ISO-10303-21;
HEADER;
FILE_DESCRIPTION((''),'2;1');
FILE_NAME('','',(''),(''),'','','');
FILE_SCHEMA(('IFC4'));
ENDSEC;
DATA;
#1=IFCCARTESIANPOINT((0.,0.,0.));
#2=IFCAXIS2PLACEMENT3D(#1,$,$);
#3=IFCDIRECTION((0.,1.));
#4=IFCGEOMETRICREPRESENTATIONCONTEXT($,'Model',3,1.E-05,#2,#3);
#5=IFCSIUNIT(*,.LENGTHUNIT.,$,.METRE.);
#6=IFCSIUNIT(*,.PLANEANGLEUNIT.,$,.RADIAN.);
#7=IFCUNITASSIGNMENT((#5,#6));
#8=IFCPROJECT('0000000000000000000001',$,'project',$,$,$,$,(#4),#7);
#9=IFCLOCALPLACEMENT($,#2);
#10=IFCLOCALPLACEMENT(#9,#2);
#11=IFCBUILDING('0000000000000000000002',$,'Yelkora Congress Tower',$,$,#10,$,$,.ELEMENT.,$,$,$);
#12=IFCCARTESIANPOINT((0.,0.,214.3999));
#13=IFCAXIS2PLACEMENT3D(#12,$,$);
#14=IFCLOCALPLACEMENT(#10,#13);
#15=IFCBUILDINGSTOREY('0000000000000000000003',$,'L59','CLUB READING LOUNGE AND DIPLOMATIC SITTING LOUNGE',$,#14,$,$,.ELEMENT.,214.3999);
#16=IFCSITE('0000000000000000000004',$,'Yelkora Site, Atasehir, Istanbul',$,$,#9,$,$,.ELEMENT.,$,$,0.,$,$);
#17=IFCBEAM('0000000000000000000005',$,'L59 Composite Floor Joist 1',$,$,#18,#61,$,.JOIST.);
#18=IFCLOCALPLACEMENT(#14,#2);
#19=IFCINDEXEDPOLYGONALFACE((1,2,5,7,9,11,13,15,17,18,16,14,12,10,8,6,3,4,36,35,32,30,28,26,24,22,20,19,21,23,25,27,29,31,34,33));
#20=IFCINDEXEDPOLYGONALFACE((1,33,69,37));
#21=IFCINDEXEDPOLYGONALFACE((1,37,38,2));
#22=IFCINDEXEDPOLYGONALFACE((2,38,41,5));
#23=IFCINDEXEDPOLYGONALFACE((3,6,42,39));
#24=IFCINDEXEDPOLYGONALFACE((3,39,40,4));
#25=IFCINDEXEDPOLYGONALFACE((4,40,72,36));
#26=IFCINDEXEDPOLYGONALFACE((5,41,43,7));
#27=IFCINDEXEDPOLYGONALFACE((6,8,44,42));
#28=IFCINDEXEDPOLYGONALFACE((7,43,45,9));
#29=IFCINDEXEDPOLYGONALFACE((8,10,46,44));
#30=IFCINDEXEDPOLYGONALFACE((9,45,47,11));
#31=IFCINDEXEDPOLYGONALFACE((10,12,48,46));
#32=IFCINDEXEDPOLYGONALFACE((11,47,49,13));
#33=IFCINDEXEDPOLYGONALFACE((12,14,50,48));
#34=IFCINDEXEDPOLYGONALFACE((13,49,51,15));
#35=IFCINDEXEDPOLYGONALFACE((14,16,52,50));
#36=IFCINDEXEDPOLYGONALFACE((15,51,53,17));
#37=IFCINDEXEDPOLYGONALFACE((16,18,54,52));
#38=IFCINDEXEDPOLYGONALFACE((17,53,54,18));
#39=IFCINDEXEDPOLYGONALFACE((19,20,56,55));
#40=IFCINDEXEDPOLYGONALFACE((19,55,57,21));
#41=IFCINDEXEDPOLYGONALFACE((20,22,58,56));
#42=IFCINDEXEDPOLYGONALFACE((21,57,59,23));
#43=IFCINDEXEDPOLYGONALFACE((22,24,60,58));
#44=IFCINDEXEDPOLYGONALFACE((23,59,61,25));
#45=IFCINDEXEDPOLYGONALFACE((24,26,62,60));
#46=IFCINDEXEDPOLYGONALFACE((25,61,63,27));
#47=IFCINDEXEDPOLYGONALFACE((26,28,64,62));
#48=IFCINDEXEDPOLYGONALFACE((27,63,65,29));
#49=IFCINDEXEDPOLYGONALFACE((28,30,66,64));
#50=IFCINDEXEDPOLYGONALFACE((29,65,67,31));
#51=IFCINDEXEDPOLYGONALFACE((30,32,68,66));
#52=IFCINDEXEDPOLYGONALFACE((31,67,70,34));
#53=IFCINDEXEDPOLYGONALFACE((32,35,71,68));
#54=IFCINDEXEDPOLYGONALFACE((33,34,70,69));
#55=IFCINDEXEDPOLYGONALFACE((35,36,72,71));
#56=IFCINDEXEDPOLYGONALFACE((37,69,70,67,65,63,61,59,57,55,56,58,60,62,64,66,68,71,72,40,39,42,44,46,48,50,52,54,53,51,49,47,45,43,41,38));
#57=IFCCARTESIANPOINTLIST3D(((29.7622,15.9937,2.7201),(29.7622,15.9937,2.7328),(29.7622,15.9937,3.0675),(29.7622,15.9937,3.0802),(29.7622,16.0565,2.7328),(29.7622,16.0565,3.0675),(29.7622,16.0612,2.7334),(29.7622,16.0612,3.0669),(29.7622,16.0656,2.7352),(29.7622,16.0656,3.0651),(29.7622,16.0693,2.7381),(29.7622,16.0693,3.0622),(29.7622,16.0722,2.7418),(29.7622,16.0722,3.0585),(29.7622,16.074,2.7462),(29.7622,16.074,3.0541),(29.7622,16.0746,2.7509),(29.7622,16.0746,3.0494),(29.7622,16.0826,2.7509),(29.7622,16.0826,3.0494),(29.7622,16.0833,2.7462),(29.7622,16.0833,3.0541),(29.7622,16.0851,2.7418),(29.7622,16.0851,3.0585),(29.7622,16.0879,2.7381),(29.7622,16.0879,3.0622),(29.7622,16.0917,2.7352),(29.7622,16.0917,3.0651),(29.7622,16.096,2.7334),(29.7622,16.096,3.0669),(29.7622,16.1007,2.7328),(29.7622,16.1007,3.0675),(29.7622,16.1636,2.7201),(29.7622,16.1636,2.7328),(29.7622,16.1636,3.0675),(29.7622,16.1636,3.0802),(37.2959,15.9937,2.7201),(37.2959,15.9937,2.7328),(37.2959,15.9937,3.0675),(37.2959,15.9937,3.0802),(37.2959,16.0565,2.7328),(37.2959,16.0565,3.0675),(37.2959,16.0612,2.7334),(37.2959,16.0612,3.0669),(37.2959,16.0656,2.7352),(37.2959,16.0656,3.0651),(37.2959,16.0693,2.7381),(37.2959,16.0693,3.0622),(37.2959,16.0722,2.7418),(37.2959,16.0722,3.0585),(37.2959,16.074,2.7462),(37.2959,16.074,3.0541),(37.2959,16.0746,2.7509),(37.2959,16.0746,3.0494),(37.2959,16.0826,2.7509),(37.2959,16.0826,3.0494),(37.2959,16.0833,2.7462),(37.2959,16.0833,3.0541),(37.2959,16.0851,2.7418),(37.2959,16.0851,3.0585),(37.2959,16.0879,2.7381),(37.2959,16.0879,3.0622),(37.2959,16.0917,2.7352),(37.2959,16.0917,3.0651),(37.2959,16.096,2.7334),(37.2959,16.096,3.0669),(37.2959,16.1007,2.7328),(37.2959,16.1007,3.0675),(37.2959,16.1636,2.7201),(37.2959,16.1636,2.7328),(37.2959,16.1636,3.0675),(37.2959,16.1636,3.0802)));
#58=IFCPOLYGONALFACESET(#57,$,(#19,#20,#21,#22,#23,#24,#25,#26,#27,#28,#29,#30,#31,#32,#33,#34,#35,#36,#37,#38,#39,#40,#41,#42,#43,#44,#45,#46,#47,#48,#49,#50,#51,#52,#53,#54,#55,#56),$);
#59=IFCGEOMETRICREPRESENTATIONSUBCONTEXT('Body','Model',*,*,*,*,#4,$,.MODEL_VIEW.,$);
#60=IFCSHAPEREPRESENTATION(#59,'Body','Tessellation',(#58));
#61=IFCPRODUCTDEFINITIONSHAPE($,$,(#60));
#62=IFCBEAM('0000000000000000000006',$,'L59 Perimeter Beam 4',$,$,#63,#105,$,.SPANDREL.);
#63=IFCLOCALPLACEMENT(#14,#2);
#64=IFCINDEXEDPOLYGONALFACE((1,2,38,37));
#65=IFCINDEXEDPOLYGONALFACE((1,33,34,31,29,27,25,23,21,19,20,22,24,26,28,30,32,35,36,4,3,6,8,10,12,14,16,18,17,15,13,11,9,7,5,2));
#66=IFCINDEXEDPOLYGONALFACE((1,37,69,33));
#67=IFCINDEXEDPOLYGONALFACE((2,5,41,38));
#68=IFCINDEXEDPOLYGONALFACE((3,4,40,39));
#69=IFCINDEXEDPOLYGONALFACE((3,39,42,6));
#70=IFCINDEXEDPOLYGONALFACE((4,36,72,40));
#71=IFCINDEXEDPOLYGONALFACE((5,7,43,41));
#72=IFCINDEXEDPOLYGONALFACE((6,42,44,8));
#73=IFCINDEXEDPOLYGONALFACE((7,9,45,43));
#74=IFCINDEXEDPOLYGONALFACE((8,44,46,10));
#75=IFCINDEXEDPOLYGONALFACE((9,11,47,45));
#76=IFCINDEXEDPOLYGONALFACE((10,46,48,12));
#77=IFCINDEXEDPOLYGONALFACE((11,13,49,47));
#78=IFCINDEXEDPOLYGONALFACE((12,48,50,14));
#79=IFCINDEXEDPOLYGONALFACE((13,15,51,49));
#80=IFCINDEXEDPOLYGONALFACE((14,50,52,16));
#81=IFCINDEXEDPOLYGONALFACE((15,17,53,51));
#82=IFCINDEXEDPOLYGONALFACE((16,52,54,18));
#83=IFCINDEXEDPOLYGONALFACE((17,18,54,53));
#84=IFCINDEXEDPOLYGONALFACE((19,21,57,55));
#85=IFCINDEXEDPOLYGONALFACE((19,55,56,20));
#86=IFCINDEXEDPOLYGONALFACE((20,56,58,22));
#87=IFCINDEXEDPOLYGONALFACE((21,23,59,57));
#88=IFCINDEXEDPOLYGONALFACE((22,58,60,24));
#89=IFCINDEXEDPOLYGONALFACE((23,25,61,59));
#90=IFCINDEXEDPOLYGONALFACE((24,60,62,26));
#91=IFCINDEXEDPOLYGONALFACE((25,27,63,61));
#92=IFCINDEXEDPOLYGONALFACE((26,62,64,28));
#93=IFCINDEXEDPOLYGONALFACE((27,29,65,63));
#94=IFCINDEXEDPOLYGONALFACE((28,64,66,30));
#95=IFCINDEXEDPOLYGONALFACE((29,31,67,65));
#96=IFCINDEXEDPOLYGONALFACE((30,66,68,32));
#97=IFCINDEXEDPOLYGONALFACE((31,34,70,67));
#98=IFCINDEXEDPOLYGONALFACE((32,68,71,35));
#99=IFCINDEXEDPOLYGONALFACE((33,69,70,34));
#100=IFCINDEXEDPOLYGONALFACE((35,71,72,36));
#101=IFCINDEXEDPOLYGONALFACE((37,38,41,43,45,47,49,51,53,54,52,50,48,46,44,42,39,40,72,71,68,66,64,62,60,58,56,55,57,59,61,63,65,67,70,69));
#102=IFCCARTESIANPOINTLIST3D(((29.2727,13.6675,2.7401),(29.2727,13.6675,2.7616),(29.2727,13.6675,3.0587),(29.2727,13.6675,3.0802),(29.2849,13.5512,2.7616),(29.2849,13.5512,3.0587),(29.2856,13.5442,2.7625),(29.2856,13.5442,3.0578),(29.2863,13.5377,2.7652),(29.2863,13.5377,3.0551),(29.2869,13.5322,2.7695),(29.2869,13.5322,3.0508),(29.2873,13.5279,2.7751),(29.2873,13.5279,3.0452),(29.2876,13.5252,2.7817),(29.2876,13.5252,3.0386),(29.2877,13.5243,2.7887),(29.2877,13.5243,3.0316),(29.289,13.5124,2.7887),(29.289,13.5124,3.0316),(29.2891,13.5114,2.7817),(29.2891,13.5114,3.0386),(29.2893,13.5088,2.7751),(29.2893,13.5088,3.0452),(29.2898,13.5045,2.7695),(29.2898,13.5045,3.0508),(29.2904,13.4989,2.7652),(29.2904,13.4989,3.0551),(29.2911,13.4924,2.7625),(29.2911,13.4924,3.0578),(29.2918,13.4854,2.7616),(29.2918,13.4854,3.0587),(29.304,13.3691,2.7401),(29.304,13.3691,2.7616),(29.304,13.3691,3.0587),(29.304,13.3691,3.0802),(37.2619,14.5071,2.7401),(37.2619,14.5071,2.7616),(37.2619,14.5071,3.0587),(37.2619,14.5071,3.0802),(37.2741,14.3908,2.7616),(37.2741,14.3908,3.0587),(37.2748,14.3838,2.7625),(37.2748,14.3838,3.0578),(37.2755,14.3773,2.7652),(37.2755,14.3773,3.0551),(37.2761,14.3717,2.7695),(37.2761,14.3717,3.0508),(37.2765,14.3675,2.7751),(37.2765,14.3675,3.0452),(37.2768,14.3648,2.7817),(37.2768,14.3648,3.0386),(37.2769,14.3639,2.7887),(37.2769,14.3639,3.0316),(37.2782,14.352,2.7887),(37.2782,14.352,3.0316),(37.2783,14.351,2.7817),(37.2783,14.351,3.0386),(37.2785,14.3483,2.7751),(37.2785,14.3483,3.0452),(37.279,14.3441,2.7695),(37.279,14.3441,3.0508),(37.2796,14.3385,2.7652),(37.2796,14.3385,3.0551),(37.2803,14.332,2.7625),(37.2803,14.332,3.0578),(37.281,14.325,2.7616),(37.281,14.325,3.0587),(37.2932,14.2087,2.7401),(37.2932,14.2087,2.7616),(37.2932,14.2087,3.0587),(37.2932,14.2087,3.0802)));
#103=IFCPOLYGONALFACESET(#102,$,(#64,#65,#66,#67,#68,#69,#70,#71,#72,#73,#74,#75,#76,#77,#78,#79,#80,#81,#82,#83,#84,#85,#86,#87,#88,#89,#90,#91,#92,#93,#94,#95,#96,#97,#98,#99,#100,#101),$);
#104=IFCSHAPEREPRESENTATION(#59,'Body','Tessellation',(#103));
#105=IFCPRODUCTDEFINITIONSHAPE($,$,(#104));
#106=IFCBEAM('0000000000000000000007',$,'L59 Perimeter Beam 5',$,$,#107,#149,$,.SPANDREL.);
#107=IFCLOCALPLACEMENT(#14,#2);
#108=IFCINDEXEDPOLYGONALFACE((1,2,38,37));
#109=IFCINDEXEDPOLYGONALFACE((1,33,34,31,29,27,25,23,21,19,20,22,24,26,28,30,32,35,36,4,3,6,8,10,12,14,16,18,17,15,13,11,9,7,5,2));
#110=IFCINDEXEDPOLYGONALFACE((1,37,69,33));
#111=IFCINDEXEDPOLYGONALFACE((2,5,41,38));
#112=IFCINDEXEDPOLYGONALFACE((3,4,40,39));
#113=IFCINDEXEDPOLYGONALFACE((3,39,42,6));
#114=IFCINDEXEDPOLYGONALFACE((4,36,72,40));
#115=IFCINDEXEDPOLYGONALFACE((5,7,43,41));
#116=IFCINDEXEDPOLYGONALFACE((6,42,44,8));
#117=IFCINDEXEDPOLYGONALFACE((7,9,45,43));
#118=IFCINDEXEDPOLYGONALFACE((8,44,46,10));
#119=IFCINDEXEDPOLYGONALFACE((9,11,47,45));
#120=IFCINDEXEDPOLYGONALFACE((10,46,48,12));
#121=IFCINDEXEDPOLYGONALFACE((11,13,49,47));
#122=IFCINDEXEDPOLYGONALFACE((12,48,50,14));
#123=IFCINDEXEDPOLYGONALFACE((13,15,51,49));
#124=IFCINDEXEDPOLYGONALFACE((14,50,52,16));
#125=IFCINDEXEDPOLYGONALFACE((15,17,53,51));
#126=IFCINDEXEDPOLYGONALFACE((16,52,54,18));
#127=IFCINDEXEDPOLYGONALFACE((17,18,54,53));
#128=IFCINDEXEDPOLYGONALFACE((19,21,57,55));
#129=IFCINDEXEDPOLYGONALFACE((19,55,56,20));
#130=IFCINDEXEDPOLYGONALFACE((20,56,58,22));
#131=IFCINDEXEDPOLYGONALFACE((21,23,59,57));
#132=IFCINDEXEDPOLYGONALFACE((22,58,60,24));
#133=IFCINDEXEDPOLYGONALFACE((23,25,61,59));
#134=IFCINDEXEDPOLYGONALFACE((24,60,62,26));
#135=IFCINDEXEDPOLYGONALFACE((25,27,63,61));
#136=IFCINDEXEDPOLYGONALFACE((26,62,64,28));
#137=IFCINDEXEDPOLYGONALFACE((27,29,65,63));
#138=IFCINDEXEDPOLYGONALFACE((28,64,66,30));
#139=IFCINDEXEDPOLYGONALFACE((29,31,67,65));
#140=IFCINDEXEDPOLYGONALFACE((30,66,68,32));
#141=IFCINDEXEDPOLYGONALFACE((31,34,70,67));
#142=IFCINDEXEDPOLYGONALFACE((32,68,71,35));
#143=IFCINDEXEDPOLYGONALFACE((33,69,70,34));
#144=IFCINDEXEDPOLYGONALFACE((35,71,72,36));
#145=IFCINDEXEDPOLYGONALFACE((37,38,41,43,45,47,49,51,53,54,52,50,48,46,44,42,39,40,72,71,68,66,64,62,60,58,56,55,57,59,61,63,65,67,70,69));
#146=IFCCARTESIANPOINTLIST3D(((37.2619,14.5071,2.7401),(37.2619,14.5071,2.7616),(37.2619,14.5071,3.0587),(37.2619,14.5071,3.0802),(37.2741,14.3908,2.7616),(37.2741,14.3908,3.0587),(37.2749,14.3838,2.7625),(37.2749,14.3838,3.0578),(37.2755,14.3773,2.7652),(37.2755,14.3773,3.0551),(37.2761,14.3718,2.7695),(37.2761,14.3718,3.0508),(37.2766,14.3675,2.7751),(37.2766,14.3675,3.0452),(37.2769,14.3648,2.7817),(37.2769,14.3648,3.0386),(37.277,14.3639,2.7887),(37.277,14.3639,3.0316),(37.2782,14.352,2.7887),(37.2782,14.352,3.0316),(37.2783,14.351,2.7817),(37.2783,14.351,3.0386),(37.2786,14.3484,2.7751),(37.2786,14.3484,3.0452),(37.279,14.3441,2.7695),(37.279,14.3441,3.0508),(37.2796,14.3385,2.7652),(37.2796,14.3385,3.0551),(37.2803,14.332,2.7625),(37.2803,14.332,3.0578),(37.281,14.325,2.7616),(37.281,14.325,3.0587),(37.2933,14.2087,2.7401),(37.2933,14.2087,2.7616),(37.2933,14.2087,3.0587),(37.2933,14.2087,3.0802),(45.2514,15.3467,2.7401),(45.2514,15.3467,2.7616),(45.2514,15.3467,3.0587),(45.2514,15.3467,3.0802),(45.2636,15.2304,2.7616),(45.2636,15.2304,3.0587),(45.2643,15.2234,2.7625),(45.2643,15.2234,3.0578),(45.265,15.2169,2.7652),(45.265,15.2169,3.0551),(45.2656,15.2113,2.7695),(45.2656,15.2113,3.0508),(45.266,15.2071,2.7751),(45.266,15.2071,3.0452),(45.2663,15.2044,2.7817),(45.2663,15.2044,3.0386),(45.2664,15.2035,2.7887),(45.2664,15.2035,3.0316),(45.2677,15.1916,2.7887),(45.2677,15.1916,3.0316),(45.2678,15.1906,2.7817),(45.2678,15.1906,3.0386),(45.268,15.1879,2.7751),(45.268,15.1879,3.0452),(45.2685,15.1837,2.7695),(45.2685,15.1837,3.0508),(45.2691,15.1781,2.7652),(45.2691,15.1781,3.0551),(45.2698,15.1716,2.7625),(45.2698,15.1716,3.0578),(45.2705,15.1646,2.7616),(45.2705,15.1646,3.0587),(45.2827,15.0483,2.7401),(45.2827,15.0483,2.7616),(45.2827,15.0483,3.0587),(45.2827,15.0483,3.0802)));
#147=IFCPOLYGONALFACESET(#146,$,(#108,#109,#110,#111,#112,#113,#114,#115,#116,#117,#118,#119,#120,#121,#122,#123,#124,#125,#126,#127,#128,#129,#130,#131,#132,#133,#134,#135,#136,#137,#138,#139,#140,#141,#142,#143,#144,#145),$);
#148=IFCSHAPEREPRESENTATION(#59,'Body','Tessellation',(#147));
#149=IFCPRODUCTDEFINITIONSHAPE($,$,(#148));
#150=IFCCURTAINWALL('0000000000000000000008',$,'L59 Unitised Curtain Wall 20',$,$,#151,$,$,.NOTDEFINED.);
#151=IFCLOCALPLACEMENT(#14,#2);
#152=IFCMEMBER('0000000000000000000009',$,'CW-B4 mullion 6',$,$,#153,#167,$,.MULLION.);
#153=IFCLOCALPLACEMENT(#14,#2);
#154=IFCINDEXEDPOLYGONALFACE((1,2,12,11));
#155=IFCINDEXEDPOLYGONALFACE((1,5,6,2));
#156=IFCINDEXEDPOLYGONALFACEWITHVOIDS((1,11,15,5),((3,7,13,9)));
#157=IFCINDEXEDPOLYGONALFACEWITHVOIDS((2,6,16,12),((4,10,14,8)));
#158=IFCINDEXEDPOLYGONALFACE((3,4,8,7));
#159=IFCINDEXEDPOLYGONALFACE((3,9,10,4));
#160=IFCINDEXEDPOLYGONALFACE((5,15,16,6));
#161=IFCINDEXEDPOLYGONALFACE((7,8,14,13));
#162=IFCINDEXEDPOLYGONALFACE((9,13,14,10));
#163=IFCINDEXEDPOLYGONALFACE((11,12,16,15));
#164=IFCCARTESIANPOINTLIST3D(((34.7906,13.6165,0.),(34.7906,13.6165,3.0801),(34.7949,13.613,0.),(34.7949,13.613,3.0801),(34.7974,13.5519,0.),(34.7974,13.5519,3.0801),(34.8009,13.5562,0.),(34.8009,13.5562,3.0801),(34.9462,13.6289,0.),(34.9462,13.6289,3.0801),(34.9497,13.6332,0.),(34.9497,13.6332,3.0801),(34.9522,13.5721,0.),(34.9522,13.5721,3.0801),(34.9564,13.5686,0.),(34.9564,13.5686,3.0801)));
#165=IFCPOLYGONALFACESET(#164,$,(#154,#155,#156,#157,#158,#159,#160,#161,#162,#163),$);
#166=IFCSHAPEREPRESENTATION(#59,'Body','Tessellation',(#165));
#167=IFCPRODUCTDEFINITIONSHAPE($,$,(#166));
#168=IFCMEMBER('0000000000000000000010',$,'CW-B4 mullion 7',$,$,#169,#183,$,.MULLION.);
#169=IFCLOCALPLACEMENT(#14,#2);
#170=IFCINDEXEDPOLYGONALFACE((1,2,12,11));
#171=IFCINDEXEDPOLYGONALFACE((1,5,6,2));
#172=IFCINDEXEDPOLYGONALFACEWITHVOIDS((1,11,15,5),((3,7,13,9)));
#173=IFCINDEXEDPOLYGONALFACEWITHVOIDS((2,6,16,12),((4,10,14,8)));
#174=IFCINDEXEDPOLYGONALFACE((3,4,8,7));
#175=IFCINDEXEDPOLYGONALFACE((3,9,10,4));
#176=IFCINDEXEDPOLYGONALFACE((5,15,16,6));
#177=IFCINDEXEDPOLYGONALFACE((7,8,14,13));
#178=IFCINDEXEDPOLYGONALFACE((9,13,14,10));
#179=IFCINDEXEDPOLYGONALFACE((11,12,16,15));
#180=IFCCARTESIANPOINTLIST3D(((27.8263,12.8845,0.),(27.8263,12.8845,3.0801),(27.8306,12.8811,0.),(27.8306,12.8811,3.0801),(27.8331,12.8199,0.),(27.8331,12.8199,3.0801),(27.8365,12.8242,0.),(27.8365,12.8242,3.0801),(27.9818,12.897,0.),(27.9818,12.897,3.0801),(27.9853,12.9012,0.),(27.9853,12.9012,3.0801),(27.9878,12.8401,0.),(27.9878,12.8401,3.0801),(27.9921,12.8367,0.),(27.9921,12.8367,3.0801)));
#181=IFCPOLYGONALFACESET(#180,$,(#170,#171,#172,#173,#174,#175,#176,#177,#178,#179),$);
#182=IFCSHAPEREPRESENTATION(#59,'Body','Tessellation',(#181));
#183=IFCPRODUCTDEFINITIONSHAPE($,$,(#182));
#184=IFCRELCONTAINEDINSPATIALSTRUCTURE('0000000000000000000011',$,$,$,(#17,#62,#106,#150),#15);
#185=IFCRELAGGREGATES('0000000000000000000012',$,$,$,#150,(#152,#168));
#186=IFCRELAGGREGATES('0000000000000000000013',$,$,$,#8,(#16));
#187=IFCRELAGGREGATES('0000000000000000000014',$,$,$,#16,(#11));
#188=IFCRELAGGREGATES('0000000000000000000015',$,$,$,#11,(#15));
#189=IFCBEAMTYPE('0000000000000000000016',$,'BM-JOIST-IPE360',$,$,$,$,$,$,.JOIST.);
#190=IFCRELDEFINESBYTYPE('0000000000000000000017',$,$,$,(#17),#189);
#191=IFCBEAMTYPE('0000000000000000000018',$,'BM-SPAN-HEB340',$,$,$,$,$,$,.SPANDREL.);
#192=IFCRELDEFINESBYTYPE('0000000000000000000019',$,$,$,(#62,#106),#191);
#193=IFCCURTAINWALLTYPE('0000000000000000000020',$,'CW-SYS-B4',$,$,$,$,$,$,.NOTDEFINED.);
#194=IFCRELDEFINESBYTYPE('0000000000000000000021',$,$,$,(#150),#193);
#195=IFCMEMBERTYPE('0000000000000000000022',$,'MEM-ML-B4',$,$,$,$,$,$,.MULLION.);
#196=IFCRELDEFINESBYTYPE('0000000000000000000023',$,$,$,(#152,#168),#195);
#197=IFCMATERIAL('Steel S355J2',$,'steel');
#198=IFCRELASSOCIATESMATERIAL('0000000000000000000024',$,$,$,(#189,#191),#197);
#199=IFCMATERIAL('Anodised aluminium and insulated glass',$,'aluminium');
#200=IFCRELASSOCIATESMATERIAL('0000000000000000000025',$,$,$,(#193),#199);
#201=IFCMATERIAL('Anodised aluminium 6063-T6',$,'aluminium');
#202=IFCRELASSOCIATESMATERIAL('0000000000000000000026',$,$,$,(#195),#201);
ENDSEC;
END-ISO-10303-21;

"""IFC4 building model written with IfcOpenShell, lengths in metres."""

from ifc_helpers import new_model, si_unit, direction, frame, origin, origin_2d, place, context, subcontext, project, spatial, hollow_rectangle, i_section, extrude, material, material_profile, profile_set, type_object, element, aggregate, save


model = new_model("IFC4")

# Units and contexts
model_context = context("Model", 3, precision=1e-05, world=origin(), true_north=direction((0.0, 1.0)))
body_context = subcontext(model_context, "Body", "Model", "MODEL_VIEW")
ifc_project = project(units=[si_unit("LENGTHUNIT", "METRE"), si_unit("PLANEANGLEUNIT", "RADIAN")], contexts=[model_context])

# Site, building, storey
site_placement = place(None, origin())
site = spatial("IfcSite", under=ifc_project, at=site_placement, Name="Yelkora Site, Atasehir, Istanbul", CompositionType="ELEMENT", RefElevation=0.0)
building_placement = place(site_placement, origin())
building = spatial("IfcBuilding", under=site, at=building_placement, Name="Yelkora Congress Tower", CompositionType="ELEMENT")
storey_placement = place(building_placement, frame((0.0, 0.0, 214.3999)))
storey = spatial("IfcBuildingStorey", under=building, at=storey_placement, Name="L59", Description="CLUB READING LOUNGE AND DIPLOMATIC SITTING LOUNGE", CompositionType="ELEMENT", Elevation=214.3999)

# Shared definitions
ifc_material_1 = material(Name="Steel S355J2", Category="steel")

# Beams
ifc_material_profile_1 = material_profile(ifc_material_1, i_section(OverallWidth=0.1699, OverallDepth=0.3601, WebThickness=0.0081, FlangeThickness=0.0127, FilletRadius=0.0181, at=origin_2d()), Name="IPE 360")
ifc_profile_set_1 = profile_set([ifc_material_profile_1], Name="Steel S355J2")
beam_type_1 = type_object("IfcBeamType", Name="BM-JOIST-IPE360", PredefinedType="JOIST", material=ifc_profile_set_1)
beam_1_placement = place(storey_placement, frame((29.7622, 16.0786, 2.9001), z_axis=(1.0, 0.0, 0.0), x_axis=(0.0, 1.0, 0.0)))
element("IfcBeam", 1, at=beam_1_placement, inside=storey, type_object=beam_type_1, Name="L59 Composite Floor Joist 1", PredefinedType="JOIST", context=body_context, shape_type="SweptSolid", body=[
    extrude(i_section(OverallWidth=0.1699, OverallDepth=0.3601, WebThickness=0.0081, FlangeThickness=0.0127, FilletRadius=0.0181, at=origin_2d()), origin(), (0.0, 0.0, 1.0), 7.5337),
])
ifc_material_profile_2 = material_profile(ifc_material_1, i_section(OverallWidth=0.3, OverallDepth=0.3401, WebThickness=0.012, FlangeThickness=0.0215, FilletRadius=0.0271, at=origin_2d()), Name="HEB 340")
ifc_profile_set_2 = profile_set([ifc_material_profile_2], Name="Steel S355J2")
beam_type_2 = type_object("IfcBeamType", Name="BM-SPAN-HEB340", PredefinedType="SPANDREL", material=ifc_profile_set_2)
beam_2_placement = place(storey_placement, frame((29.2883, 13.5183, 2.9102), z_axis=(0.994523, 0.104516, 0.0), x_axis=(-0.104516, 0.994523, 0.0)))
element("IfcBeam", 2, at=beam_2_placement, inside=storey, type_object=beam_type_2, Name="L59 Perimeter Beam 4", PredefinedType="SPANDREL", context=body_context, shape_type="SweptSolid", body=[
    extrude(i_section(OverallWidth=0.3, OverallDepth=0.3401, WebThickness=0.012, FlangeThickness=0.0215, FilletRadius=0.0271, at=origin_2d()), origin(), (0.0, 0.0, 1.0), 8.0332),
])
beam_3_placement = place(storey_placement, frame((37.2776, 14.3579, 2.9102), z_axis=(0.994524, 0.104512, 0.0), x_axis=(-0.104512, 0.994524, 0.0)))
element("IfcBeam", 3, at=beam_3_placement, inside=storey, type_object=beam_type_2, Name="L59 Perimeter Beam 5", PredefinedType="SPANDREL", context=body_context, shape_type="SweptSolid", body=[
    extrude(i_section(OverallWidth=0.3, OverallDepth=0.3401, WebThickness=0.012, FlangeThickness=0.0215, FilletRadius=0.0271, at=origin_2d()), origin(), (0.0, 0.0, 1.0), 8.0334),
])

# Curtain wall, members
ifc_material_2 = material(Name="Anodised aluminium and insulated glass", Category="aluminium")
curtain_wall_type = type_object("IfcCurtainWallType", Name="CW-SYS-B4", PredefinedType="NOTDEFINED", material=ifc_material_2)
curtain_wall_placement = place(storey_placement, origin())
curtain_wall = element("IfcCurtainWall", 4, at=curtain_wall_placement, inside=storey, type_object=curtain_wall_type, Name="L59 Unitised Curtain Wall 20", PredefinedType="NOTDEFINED")
ifc_material_3 = material(Name="Anodised aluminium 6063-T6", Category="aluminium")
ifc_material_profile_3 = material_profile(ifc_material_3, hollow_rectangle(XDim=0.0649, YDim=0.1599, WallThickness=0.0039, at=origin_2d()), Name="ALU 65x160x4")
ifc_profile_set_3 = profile_set([ifc_material_profile_3], Name="Anodised aluminium 6063-T6")
member_type_1 = type_object("IfcMemberType", Name="MEM-ML-B4", PredefinedType="MULLION", material=ifc_profile_set_3)
member_1_placement = place(storey_placement, frame((34.8735, 13.5925, 0.0), z_axis=(0.0, 0.0, 1.0), x_axis=(0.104527, -0.994522, 0.0)))
member_1 = element("IfcMember", 5, at=member_1_placement, type_object=member_type_1, Name="CW-B4 mullion 6", PredefinedType="MULLION", context=body_context, shape_type="SweptSolid", body=[
    extrude(hollow_rectangle(XDim=0.0649, YDim=0.1599, WallThickness=0.0039, at=origin_2d()), origin(), (0.0, 0.0, 1.0), 3.0801),
])
member_2_placement = place(storey_placement, frame((27.9092, 12.8606, 0.0), z_axis=(0.0, 0.0, 1.0), x_axis=(0.104527, -0.994522, 0.0)))
member_2 = element("IfcMember", 6, at=member_2_placement, type_object=member_type_1, Name="CW-B4 mullion 7", PredefinedType="MULLION", context=body_context, shape_type="SweptSolid", body=[
    extrude(hollow_rectangle(XDim=0.0649, YDim=0.1599, WallThickness=0.0039, at=origin_2d()), origin(), (0.0, 0.0, 1.0), 3.0801),
])
aggregate(curtain_wall, [member_1, member_2])

save(model, "model.ifc")
